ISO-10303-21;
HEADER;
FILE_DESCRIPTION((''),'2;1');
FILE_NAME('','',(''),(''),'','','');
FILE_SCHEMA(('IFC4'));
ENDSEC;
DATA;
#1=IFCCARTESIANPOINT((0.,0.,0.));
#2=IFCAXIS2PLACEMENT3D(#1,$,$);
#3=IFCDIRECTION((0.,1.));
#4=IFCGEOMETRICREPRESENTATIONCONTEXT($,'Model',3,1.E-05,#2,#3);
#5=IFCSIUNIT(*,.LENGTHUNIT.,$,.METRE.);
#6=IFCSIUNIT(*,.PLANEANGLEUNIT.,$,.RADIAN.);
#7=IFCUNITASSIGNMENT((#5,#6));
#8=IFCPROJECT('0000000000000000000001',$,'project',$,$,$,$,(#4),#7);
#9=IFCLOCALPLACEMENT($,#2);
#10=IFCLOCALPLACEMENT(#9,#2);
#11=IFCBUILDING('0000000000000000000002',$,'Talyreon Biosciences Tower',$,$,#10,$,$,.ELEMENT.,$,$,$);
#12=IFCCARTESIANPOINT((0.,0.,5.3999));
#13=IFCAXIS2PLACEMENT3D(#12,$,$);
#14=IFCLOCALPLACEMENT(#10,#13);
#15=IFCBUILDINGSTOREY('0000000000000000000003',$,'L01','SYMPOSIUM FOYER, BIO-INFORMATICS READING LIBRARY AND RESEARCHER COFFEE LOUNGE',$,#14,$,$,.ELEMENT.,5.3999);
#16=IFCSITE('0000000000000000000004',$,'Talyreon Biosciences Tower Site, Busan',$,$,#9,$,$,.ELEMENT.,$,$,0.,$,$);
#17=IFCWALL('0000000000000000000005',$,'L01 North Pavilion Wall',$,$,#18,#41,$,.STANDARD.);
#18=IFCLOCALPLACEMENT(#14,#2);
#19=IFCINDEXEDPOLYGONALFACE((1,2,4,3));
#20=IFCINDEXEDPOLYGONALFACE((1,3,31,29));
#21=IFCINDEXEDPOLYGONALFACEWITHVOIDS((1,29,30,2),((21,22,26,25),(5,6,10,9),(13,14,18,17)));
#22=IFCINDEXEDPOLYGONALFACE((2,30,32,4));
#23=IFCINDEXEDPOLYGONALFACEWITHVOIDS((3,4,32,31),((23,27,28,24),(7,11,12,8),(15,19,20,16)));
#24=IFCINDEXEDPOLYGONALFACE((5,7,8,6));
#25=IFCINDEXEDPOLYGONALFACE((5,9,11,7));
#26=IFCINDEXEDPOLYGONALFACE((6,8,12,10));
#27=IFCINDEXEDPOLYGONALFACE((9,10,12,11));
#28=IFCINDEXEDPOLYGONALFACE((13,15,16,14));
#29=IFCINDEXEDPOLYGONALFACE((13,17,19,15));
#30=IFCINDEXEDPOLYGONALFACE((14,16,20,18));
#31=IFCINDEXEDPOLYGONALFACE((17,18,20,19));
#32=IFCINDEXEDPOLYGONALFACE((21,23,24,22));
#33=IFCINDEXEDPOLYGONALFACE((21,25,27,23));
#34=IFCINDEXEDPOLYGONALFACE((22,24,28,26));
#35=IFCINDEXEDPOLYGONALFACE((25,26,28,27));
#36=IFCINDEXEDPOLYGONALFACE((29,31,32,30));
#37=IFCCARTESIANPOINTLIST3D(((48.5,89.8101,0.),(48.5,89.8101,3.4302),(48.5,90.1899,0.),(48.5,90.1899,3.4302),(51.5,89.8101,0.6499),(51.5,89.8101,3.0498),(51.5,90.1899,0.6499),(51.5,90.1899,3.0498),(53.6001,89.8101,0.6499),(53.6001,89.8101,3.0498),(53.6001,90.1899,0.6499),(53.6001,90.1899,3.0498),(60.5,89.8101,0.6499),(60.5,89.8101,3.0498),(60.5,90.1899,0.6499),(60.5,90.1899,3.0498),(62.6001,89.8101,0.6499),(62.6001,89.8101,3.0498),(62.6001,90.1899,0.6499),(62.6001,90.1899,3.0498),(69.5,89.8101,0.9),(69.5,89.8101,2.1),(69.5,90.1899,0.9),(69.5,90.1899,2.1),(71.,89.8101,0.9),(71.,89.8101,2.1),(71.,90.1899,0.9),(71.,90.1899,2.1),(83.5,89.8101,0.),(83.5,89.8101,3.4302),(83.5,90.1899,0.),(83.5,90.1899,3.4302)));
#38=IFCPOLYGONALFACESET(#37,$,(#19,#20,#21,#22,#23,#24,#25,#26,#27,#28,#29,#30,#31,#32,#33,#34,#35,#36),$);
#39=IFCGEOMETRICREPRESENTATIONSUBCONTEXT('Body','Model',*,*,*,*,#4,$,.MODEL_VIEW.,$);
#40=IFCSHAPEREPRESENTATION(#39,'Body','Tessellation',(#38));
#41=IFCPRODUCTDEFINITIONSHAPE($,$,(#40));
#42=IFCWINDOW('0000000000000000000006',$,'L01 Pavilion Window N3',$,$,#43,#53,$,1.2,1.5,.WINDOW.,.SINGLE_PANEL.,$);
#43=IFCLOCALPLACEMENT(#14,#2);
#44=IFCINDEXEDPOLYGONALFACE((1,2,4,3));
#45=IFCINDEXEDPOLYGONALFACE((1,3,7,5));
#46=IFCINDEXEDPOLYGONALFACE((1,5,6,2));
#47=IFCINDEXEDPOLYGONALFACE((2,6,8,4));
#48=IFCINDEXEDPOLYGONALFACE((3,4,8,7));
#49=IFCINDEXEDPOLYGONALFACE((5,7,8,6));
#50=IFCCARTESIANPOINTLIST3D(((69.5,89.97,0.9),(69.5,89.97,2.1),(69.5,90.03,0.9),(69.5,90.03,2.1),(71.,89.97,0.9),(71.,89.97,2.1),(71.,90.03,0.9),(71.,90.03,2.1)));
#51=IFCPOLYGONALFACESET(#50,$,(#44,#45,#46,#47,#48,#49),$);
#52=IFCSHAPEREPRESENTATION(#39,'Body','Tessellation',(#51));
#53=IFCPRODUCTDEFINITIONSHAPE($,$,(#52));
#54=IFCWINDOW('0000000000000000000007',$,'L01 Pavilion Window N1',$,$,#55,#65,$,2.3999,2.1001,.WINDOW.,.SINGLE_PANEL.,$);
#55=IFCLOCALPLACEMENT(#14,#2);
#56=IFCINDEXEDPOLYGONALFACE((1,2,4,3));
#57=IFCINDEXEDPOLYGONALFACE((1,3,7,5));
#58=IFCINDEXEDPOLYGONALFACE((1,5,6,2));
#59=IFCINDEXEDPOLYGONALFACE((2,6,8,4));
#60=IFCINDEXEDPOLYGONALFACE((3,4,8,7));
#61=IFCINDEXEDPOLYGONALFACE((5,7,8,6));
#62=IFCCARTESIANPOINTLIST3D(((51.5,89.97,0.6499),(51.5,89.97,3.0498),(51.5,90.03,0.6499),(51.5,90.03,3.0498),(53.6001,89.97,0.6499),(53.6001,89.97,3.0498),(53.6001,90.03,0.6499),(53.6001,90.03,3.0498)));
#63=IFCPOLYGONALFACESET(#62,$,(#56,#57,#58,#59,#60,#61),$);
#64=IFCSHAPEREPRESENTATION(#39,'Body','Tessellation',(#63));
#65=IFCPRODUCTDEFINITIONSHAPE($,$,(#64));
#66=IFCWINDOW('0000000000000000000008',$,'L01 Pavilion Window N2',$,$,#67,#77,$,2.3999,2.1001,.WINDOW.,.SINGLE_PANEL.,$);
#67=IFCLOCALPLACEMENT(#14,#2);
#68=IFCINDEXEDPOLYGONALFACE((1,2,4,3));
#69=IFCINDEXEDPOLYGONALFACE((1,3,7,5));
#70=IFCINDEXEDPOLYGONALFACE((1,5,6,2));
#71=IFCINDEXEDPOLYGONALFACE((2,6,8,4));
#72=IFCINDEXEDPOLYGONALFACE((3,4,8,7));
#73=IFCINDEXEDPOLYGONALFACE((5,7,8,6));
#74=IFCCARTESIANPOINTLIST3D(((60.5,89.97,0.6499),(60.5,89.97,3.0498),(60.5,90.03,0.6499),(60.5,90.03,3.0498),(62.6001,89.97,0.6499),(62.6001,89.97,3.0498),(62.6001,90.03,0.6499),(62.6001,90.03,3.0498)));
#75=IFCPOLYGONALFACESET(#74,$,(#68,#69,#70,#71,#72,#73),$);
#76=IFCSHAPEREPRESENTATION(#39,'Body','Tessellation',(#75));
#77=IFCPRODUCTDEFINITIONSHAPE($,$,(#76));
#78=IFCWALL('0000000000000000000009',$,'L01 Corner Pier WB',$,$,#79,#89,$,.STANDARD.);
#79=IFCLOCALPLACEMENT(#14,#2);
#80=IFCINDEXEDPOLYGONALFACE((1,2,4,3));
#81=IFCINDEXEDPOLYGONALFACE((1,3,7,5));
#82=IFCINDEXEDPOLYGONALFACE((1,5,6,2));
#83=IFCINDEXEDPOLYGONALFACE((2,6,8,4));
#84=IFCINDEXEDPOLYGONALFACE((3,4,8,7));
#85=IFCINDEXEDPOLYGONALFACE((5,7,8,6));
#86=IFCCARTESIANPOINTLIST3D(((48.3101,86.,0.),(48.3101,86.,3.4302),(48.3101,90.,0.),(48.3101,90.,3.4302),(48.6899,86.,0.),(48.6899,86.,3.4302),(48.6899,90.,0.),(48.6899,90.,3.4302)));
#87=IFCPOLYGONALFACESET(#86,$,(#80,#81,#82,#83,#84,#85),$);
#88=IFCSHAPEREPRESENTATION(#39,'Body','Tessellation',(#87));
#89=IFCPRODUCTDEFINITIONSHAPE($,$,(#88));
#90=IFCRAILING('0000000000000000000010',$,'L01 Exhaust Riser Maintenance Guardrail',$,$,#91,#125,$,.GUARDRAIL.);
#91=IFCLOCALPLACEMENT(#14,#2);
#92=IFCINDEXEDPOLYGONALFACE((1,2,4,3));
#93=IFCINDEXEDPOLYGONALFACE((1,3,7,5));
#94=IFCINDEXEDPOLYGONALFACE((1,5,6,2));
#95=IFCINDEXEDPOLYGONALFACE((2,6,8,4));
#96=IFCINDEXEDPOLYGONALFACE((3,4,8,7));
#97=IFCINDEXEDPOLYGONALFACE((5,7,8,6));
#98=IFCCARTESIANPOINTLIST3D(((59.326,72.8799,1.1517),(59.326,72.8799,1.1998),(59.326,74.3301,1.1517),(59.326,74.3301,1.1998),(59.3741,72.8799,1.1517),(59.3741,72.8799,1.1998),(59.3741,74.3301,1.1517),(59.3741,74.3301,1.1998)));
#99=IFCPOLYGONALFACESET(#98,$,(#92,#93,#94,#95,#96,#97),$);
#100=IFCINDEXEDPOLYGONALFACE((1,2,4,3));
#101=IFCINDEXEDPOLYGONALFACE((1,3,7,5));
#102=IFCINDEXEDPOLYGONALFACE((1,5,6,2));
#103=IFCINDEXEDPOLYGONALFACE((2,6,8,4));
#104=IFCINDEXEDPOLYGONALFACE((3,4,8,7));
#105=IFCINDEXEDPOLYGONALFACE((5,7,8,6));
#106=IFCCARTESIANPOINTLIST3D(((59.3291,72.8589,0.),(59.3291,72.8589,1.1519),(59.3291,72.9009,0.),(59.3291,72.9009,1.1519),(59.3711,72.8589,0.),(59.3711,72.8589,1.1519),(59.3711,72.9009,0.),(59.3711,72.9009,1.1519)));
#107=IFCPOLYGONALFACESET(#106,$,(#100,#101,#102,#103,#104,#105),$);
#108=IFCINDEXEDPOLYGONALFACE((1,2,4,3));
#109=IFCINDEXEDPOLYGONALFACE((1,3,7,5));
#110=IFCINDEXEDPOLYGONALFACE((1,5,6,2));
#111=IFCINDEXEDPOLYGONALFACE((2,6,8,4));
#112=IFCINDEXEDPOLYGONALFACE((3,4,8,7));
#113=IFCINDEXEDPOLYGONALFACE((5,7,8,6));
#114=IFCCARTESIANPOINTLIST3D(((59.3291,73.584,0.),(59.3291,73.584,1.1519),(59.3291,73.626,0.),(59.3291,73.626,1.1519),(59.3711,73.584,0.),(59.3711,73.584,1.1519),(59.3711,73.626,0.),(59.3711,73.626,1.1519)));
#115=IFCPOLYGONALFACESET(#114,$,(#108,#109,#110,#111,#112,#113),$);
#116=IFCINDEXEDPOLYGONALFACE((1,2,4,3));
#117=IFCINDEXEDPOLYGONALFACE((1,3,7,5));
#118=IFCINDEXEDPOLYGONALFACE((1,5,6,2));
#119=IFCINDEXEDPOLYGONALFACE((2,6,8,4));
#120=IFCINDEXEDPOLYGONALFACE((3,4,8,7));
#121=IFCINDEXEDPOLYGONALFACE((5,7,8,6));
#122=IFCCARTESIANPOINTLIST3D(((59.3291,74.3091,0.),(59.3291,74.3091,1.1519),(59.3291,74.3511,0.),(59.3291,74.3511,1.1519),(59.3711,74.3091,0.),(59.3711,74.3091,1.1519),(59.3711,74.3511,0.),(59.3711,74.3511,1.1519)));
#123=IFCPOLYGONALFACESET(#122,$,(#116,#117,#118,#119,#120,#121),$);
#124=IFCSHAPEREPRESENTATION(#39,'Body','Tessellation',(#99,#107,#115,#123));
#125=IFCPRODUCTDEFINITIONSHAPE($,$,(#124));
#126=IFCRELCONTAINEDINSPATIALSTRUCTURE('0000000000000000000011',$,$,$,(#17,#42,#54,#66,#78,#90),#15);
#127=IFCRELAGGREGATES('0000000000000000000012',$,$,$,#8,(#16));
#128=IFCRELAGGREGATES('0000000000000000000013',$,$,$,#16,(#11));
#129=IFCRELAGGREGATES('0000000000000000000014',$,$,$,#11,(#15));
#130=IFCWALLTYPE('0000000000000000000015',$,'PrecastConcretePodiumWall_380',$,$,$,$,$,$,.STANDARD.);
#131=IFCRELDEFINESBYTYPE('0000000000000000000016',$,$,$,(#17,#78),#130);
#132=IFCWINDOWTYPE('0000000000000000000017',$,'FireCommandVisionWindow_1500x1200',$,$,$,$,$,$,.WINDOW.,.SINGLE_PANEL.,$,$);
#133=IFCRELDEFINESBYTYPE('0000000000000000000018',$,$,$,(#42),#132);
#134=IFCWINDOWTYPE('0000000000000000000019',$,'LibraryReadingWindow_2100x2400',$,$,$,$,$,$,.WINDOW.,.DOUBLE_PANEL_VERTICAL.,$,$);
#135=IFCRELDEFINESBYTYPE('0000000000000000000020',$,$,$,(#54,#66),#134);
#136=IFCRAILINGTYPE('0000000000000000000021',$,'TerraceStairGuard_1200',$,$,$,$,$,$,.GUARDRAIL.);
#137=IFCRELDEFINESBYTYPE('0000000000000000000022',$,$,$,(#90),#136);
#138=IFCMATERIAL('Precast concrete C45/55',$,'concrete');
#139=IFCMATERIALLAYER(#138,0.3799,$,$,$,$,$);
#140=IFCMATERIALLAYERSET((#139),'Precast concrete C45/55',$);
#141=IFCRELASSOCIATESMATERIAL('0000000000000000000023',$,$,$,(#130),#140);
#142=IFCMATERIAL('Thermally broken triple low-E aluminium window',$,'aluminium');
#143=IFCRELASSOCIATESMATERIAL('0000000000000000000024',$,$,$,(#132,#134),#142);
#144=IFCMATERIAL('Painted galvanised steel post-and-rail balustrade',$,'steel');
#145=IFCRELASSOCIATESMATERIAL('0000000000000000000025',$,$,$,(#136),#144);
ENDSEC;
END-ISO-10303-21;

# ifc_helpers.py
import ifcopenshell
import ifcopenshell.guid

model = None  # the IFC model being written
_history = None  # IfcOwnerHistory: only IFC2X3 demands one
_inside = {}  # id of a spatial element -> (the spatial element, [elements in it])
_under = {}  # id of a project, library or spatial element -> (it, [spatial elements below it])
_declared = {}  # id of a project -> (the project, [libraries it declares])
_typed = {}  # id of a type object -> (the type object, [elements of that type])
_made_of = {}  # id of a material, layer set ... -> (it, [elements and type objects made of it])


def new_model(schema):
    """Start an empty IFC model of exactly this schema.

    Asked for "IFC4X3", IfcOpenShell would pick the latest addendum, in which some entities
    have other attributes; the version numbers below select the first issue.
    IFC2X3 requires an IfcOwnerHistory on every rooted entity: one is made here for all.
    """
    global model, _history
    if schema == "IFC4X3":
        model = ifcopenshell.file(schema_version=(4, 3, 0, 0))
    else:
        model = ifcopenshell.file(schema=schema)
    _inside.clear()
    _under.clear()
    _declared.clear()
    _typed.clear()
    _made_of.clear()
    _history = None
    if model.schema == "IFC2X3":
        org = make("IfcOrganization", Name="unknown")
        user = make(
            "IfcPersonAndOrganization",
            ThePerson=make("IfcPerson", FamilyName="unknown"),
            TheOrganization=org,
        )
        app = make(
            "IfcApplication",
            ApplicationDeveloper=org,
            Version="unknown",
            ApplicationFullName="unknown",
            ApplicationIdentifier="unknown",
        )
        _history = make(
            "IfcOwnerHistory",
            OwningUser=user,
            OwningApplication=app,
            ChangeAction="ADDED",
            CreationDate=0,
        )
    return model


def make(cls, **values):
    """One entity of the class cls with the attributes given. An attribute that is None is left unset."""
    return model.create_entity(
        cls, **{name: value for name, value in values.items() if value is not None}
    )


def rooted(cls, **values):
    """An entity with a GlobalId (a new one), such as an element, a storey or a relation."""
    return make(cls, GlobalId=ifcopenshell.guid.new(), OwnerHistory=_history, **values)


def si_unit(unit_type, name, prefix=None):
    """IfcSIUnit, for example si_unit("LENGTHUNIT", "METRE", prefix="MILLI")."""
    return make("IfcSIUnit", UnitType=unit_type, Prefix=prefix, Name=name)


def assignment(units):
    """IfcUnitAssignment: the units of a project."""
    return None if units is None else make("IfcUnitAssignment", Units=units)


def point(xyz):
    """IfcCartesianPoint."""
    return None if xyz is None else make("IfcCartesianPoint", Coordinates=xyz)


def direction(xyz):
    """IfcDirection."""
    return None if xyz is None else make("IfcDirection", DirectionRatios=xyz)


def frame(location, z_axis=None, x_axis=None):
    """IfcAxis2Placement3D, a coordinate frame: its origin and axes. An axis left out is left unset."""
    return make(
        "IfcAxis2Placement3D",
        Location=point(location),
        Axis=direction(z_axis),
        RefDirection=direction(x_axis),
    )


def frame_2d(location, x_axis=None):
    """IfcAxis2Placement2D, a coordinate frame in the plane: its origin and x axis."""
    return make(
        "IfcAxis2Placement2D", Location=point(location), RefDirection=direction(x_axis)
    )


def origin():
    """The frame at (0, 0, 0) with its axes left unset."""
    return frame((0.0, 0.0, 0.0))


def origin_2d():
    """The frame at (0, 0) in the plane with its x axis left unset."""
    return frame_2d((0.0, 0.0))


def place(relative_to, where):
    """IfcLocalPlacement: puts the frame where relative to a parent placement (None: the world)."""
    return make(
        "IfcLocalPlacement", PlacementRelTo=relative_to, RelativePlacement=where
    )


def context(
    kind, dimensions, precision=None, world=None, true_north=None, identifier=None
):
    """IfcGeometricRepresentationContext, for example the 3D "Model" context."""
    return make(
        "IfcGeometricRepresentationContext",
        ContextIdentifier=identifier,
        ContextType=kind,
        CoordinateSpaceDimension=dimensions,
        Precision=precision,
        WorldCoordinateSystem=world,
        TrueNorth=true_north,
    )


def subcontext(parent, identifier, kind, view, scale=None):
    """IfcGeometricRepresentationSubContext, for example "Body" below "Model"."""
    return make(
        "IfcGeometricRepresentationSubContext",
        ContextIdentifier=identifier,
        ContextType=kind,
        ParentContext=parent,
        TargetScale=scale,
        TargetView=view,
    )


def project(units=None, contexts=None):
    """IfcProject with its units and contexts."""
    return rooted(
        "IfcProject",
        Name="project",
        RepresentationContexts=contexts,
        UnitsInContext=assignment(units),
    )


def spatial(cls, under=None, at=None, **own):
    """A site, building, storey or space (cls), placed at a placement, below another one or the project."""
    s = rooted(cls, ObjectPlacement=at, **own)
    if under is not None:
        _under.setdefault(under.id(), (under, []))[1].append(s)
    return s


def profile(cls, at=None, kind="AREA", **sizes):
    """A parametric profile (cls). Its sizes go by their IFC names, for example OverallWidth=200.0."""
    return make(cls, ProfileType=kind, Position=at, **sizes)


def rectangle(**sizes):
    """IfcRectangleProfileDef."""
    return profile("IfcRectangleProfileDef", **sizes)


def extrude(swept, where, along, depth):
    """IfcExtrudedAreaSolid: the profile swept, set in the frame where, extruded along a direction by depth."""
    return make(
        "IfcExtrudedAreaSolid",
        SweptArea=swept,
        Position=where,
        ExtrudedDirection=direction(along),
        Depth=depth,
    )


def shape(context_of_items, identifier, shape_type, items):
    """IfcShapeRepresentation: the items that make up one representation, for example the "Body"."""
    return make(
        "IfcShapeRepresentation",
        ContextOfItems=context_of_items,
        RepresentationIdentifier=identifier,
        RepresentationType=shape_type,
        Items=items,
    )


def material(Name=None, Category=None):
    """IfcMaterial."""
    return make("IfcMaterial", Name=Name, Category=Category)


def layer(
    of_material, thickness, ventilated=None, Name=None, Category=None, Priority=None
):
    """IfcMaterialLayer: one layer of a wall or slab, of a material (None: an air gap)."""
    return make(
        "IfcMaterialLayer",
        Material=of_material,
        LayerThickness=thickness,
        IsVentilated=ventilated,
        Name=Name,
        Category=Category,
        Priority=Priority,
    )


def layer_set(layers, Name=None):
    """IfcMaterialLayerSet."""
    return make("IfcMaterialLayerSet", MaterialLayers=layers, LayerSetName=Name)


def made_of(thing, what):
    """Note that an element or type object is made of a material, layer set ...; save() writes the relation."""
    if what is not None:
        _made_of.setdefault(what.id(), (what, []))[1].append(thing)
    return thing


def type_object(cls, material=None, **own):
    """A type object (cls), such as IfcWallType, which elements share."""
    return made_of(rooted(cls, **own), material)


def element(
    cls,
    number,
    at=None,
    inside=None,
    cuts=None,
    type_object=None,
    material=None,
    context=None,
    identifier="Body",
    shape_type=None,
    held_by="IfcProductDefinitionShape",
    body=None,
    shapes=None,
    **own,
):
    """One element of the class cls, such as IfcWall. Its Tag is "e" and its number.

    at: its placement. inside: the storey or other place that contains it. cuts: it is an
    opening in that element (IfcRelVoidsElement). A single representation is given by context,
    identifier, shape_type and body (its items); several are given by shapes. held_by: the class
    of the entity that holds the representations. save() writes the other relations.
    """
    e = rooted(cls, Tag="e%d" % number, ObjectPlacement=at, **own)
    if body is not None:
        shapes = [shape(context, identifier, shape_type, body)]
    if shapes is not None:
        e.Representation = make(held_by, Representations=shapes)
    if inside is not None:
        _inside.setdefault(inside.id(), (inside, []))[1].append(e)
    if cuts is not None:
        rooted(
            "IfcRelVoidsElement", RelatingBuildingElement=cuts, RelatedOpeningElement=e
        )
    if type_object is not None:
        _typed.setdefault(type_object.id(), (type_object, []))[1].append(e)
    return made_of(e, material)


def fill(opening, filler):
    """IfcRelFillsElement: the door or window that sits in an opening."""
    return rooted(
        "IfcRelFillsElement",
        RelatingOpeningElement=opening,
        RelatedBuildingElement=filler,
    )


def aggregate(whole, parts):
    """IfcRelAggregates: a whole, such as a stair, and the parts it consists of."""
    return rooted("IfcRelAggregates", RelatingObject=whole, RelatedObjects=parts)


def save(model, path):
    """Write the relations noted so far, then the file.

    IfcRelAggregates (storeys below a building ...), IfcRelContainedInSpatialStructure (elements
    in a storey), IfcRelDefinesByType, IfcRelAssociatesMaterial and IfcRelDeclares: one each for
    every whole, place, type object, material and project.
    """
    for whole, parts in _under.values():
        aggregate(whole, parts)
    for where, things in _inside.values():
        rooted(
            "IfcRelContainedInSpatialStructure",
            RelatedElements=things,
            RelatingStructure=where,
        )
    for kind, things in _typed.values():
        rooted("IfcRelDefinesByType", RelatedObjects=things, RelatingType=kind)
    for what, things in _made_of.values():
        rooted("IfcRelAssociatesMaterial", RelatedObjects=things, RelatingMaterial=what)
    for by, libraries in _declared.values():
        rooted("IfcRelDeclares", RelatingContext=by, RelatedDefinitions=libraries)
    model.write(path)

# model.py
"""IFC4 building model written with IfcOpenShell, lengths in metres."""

from ifc_helpers import new_model, si_unit, direction, frame, frame_2d, origin, origin_2d, place, context, subcontext, project, spatial, rectangle, extrude, material, layer, layer_set, type_object, element, fill, save


model = new_model("IFC4")

# Units and contexts
model_context = context("Model", 3, precision=1e-05, world=origin(), true_north=direction((0.0, 1.0)))
body_context = subcontext(model_context, "Body", "Model", "MODEL_VIEW")
ifc_project = project(units=[si_unit("LENGTHUNIT", "METRE"), si_unit("PLANEANGLEUNIT", "RADIAN")], contexts=[model_context])

# Site, building, storey
site_placement = place(None, origin())
site = spatial("IfcSite", under=ifc_project, at=site_placement, Name="Talyreon Biosciences Tower Site, Busan", CompositionType="ELEMENT", RefElevation=0.0)
building_placement = place(site_placement, origin())
building = spatial("IfcBuilding", under=site, at=building_placement, Name="Talyreon Biosciences Tower", CompositionType="ELEMENT")
storey_placement = place(building_placement, frame((0.0, 0.0, 5.3999)))
storey = spatial("IfcBuildingStorey", under=building, at=storey_placement, Name="L01", Description="SYMPOSIUM FOYER, BIO-INFORMATICS READING LIBRARY AND RESEARCHER COFFEE LOUNGE", CompositionType="ELEMENT", Elevation=5.3999)

# Wall, openings, windows
ifc_material_1 = material(Name="Precast concrete C45/55", Category="concrete")
ifc_layer_1 = layer(ifc_material_1, 0.3799)
ifc_layer_set_1 = layer_set([ifc_layer_1], Name="Precast concrete C45/55")
wall_type_1 = type_object("IfcWallType", Name="PrecastConcretePodiumWall_380", PredefinedType="STANDARD", material=ifc_layer_set_1)
wall_1_placement = place(storey_placement, frame((48.5, 90.0, 0.0), z_axis=(0.0, 0.0, 1.0), x_axis=(1.0, 0.0, 0.0)))
wall_1 = element("IfcWall", 1, at=wall_1_placement, inside=storey, type_object=wall_type_1, Name="L01 North Pavilion Wall", PredefinedType="STANDARD", context=body_context, shape_type="SweptSolid", body=[
    extrude(rectangle(XDim=35.0, YDim=0.3799, at=frame_2d((17.5, 0.0))), origin(), (0.0, 0.0, 1.0), 3.4302),
])
opening_1_placement = place(wall_1_placement, frame((3.0, 0.0, 0.6499)))
opening_1 = element("IfcOpeningElement", 2, at=opening_1_placement, cuts=wall_1, PredefinedType="OPENING", context=body_context, shape_type="SweptSolid", body=[
    extrude(rectangle(XDim=2.1001, YDim=2.3999, at=frame_2d((1.05, 1.2))), frame((0.0, 0.2, 0.0), z_axis=(0.0, -1.0, 0.0), x_axis=(1.0, 0.0, 0.0)), (0.0, 0.0, 1.0), 0.3999),
])
opening_2_placement = place(wall_1_placement, frame((12.0, 0.0, 0.6499)))
opening_2 = element("IfcOpeningElement", 3, at=opening_2_placement, cuts=wall_1, PredefinedType="OPENING", context=body_context, shape_type="SweptSolid", body=[
    extrude(rectangle(XDim=2.1001, YDim=2.3999, at=frame_2d((1.05, 1.2))), frame((0.0, 0.2, 0.0), z_axis=(0.0, -1.0, 0.0), x_axis=(1.0, 0.0, 0.0)), (0.0, 0.0, 1.0), 0.3999),
])
opening_3_placement = place(wall_1_placement, frame((21.0, 0.0, 0.8999)))
opening_3 = element("IfcOpeningElement", 4, at=opening_3_placement, cuts=wall_1, PredefinedType="OPENING", context=body_context, shape_type="SweptSolid", body=[
    extrude(rectangle(XDim=1.5, YDim=1.2, at=frame_2d((0.75, 0.6001))), frame((0.0, 0.2, 0.0), z_axis=(0.0, -1.0, 0.0), x_axis=(1.0, 0.0, 0.0)), (0.0, 0.0, 1.0), 0.3999),
])
ifc_material_2 = material(Name="Thermally broken triple low-E aluminium window", Category="aluminium")
window_type_1 = type_object("IfcWindowType", Name="FireCommandVisionWindow_1500x1200", PartitioningType="SINGLE_PANEL", PredefinedType="WINDOW", material=ifc_material_2)
window_1_placement = place(opening_3_placement, origin())
window_1 = element("IfcWindow", 5, at=window_1_placement, inside=storey, type_object=window_type_1, Name="L01 Pavilion Window N3", OverallHeight=1.2, OverallWidth=1.5, PartitioningType="SINGLE_PANEL", PredefinedType="WINDOW", context=body_context, shape_type="SweptSolid", body=[
    extrude(rectangle(XDim=1.5, YDim=1.2, at=frame_2d((0.75, 0.6001))), frame((0.0, 0.03, 0.0), z_axis=(0.0, -1.0, 0.0), x_axis=(1.0, 0.0, 0.0)), (0.0, 0.0, 1.0), 0.0601),
])
fill(opening_3, window_1)
window_type_2 = type_object("IfcWindowType", Name="LibraryReadingWindow_2100x2400", PartitioningType="DOUBLE_PANEL_VERTICAL", PredefinedType="WINDOW", material=ifc_material_2)
window_2_placement = place(opening_1_placement, origin())
window_2 = element("IfcWindow", 6, at=window_2_placement, inside=storey, type_object=window_type_2, Name="L01 Pavilion Window N1", OverallHeight=2.3999, OverallWidth=2.1001, PartitioningType="SINGLE_PANEL", PredefinedType="WINDOW", context=body_context, shape_type="SweptSolid", body=[
    extrude(rectangle(XDim=2.1001, YDim=2.3999, at=frame_2d((1.05, 1.2))), frame((0.0, 0.03, 0.0), z_axis=(0.0, -1.0, 0.0), x_axis=(1.0, 0.0, 0.0)), (0.0, 0.0, 1.0), 0.0601),
])
fill(opening_1, window_2)
window_3_placement = place(opening_2_placement, origin())
window_3 = element("IfcWindow", 7, at=window_3_placement, inside=storey, type_object=window_type_2, Name="L01 Pavilion Window N2", OverallHeight=2.3999, OverallWidth=2.1001, PartitioningType="SINGLE_PANEL", PredefinedType="WINDOW", context=body_context, shape_type="SweptSolid", body=[
    extrude(rectangle(XDim=2.1001, YDim=2.3999, at=frame_2d((1.05, 1.2))), frame((0.0, 0.03, 0.0), z_axis=(0.0, -1.0, 0.0), x_axis=(1.0, 0.0, 0.0)), (0.0, 0.0, 1.0), 0.0601),
])
fill(opening_2, window_3)

# Wall
wall_2_placement = place(storey_placement, frame((48.5, 86.0, 0.0), z_axis=(0.0, 0.0, 1.0), x_axis=(0.0, 1.0, 0.0)))
element("IfcWall", 8, at=wall_2_placement, inside=storey, type_object=wall_type_1, Name="L01 Corner Pier WB", PredefinedType="STANDARD", context=body_context, shape_type="SweptSolid", body=[
    extrude(rectangle(XDim=4.0, YDim=0.3799, at=frame_2d((2.0, 0.0))), origin(), (0.0, 0.0, 1.0), 3.4302),
])

# Railing
ifc_material_3 = material(Name="Painted galvanised steel post-and-rail balustrade", Category="steel")
railing_type = type_object("IfcRailingType", Name="TerraceStairGuard_1200", PredefinedType="GUARDRAIL", material=ifc_material_3)
railing_placement = place(storey_placement, frame((59.3501, 72.8799, 0.0)))
element("IfcRailing", 9, at=railing_placement, inside=storey, type_object=railing_type, Name="L01 Exhaust Riser Maintenance Guardrail", PredefinedType="GUARDRAIL", context=body_context, shape_type="SweptSolid", body=[
    extrude(rectangle(XDim=0.0481, YDim=0.0481, at=origin_2d()), frame((0.0, 0.0, 1.1758), z_axis=(0.0, 1.0, 0.0), x_axis=(-1.0, 0.0, 0.0)), (0.0, 0.0, 1.0), 1.4502),
    extrude(rectangle(XDim=0.042, YDim=0.042, at=origin_2d()), origin(), (0.0, 0.0, 1.0), 1.1519),
    extrude(rectangle(XDim=0.042, YDim=0.042, at=origin_2d()), frame((0.0, 0.7251, 0.0)), (0.0, 0.0, 1.0), 1.1519),
    extrude(rectangle(XDim=0.042, YDim=0.042, at=origin_2d()), frame((0.0, 1.4502, 0.0)), (0.0, 0.0, 1.0), 1.1519),
])

save(model, "model.ifc")
